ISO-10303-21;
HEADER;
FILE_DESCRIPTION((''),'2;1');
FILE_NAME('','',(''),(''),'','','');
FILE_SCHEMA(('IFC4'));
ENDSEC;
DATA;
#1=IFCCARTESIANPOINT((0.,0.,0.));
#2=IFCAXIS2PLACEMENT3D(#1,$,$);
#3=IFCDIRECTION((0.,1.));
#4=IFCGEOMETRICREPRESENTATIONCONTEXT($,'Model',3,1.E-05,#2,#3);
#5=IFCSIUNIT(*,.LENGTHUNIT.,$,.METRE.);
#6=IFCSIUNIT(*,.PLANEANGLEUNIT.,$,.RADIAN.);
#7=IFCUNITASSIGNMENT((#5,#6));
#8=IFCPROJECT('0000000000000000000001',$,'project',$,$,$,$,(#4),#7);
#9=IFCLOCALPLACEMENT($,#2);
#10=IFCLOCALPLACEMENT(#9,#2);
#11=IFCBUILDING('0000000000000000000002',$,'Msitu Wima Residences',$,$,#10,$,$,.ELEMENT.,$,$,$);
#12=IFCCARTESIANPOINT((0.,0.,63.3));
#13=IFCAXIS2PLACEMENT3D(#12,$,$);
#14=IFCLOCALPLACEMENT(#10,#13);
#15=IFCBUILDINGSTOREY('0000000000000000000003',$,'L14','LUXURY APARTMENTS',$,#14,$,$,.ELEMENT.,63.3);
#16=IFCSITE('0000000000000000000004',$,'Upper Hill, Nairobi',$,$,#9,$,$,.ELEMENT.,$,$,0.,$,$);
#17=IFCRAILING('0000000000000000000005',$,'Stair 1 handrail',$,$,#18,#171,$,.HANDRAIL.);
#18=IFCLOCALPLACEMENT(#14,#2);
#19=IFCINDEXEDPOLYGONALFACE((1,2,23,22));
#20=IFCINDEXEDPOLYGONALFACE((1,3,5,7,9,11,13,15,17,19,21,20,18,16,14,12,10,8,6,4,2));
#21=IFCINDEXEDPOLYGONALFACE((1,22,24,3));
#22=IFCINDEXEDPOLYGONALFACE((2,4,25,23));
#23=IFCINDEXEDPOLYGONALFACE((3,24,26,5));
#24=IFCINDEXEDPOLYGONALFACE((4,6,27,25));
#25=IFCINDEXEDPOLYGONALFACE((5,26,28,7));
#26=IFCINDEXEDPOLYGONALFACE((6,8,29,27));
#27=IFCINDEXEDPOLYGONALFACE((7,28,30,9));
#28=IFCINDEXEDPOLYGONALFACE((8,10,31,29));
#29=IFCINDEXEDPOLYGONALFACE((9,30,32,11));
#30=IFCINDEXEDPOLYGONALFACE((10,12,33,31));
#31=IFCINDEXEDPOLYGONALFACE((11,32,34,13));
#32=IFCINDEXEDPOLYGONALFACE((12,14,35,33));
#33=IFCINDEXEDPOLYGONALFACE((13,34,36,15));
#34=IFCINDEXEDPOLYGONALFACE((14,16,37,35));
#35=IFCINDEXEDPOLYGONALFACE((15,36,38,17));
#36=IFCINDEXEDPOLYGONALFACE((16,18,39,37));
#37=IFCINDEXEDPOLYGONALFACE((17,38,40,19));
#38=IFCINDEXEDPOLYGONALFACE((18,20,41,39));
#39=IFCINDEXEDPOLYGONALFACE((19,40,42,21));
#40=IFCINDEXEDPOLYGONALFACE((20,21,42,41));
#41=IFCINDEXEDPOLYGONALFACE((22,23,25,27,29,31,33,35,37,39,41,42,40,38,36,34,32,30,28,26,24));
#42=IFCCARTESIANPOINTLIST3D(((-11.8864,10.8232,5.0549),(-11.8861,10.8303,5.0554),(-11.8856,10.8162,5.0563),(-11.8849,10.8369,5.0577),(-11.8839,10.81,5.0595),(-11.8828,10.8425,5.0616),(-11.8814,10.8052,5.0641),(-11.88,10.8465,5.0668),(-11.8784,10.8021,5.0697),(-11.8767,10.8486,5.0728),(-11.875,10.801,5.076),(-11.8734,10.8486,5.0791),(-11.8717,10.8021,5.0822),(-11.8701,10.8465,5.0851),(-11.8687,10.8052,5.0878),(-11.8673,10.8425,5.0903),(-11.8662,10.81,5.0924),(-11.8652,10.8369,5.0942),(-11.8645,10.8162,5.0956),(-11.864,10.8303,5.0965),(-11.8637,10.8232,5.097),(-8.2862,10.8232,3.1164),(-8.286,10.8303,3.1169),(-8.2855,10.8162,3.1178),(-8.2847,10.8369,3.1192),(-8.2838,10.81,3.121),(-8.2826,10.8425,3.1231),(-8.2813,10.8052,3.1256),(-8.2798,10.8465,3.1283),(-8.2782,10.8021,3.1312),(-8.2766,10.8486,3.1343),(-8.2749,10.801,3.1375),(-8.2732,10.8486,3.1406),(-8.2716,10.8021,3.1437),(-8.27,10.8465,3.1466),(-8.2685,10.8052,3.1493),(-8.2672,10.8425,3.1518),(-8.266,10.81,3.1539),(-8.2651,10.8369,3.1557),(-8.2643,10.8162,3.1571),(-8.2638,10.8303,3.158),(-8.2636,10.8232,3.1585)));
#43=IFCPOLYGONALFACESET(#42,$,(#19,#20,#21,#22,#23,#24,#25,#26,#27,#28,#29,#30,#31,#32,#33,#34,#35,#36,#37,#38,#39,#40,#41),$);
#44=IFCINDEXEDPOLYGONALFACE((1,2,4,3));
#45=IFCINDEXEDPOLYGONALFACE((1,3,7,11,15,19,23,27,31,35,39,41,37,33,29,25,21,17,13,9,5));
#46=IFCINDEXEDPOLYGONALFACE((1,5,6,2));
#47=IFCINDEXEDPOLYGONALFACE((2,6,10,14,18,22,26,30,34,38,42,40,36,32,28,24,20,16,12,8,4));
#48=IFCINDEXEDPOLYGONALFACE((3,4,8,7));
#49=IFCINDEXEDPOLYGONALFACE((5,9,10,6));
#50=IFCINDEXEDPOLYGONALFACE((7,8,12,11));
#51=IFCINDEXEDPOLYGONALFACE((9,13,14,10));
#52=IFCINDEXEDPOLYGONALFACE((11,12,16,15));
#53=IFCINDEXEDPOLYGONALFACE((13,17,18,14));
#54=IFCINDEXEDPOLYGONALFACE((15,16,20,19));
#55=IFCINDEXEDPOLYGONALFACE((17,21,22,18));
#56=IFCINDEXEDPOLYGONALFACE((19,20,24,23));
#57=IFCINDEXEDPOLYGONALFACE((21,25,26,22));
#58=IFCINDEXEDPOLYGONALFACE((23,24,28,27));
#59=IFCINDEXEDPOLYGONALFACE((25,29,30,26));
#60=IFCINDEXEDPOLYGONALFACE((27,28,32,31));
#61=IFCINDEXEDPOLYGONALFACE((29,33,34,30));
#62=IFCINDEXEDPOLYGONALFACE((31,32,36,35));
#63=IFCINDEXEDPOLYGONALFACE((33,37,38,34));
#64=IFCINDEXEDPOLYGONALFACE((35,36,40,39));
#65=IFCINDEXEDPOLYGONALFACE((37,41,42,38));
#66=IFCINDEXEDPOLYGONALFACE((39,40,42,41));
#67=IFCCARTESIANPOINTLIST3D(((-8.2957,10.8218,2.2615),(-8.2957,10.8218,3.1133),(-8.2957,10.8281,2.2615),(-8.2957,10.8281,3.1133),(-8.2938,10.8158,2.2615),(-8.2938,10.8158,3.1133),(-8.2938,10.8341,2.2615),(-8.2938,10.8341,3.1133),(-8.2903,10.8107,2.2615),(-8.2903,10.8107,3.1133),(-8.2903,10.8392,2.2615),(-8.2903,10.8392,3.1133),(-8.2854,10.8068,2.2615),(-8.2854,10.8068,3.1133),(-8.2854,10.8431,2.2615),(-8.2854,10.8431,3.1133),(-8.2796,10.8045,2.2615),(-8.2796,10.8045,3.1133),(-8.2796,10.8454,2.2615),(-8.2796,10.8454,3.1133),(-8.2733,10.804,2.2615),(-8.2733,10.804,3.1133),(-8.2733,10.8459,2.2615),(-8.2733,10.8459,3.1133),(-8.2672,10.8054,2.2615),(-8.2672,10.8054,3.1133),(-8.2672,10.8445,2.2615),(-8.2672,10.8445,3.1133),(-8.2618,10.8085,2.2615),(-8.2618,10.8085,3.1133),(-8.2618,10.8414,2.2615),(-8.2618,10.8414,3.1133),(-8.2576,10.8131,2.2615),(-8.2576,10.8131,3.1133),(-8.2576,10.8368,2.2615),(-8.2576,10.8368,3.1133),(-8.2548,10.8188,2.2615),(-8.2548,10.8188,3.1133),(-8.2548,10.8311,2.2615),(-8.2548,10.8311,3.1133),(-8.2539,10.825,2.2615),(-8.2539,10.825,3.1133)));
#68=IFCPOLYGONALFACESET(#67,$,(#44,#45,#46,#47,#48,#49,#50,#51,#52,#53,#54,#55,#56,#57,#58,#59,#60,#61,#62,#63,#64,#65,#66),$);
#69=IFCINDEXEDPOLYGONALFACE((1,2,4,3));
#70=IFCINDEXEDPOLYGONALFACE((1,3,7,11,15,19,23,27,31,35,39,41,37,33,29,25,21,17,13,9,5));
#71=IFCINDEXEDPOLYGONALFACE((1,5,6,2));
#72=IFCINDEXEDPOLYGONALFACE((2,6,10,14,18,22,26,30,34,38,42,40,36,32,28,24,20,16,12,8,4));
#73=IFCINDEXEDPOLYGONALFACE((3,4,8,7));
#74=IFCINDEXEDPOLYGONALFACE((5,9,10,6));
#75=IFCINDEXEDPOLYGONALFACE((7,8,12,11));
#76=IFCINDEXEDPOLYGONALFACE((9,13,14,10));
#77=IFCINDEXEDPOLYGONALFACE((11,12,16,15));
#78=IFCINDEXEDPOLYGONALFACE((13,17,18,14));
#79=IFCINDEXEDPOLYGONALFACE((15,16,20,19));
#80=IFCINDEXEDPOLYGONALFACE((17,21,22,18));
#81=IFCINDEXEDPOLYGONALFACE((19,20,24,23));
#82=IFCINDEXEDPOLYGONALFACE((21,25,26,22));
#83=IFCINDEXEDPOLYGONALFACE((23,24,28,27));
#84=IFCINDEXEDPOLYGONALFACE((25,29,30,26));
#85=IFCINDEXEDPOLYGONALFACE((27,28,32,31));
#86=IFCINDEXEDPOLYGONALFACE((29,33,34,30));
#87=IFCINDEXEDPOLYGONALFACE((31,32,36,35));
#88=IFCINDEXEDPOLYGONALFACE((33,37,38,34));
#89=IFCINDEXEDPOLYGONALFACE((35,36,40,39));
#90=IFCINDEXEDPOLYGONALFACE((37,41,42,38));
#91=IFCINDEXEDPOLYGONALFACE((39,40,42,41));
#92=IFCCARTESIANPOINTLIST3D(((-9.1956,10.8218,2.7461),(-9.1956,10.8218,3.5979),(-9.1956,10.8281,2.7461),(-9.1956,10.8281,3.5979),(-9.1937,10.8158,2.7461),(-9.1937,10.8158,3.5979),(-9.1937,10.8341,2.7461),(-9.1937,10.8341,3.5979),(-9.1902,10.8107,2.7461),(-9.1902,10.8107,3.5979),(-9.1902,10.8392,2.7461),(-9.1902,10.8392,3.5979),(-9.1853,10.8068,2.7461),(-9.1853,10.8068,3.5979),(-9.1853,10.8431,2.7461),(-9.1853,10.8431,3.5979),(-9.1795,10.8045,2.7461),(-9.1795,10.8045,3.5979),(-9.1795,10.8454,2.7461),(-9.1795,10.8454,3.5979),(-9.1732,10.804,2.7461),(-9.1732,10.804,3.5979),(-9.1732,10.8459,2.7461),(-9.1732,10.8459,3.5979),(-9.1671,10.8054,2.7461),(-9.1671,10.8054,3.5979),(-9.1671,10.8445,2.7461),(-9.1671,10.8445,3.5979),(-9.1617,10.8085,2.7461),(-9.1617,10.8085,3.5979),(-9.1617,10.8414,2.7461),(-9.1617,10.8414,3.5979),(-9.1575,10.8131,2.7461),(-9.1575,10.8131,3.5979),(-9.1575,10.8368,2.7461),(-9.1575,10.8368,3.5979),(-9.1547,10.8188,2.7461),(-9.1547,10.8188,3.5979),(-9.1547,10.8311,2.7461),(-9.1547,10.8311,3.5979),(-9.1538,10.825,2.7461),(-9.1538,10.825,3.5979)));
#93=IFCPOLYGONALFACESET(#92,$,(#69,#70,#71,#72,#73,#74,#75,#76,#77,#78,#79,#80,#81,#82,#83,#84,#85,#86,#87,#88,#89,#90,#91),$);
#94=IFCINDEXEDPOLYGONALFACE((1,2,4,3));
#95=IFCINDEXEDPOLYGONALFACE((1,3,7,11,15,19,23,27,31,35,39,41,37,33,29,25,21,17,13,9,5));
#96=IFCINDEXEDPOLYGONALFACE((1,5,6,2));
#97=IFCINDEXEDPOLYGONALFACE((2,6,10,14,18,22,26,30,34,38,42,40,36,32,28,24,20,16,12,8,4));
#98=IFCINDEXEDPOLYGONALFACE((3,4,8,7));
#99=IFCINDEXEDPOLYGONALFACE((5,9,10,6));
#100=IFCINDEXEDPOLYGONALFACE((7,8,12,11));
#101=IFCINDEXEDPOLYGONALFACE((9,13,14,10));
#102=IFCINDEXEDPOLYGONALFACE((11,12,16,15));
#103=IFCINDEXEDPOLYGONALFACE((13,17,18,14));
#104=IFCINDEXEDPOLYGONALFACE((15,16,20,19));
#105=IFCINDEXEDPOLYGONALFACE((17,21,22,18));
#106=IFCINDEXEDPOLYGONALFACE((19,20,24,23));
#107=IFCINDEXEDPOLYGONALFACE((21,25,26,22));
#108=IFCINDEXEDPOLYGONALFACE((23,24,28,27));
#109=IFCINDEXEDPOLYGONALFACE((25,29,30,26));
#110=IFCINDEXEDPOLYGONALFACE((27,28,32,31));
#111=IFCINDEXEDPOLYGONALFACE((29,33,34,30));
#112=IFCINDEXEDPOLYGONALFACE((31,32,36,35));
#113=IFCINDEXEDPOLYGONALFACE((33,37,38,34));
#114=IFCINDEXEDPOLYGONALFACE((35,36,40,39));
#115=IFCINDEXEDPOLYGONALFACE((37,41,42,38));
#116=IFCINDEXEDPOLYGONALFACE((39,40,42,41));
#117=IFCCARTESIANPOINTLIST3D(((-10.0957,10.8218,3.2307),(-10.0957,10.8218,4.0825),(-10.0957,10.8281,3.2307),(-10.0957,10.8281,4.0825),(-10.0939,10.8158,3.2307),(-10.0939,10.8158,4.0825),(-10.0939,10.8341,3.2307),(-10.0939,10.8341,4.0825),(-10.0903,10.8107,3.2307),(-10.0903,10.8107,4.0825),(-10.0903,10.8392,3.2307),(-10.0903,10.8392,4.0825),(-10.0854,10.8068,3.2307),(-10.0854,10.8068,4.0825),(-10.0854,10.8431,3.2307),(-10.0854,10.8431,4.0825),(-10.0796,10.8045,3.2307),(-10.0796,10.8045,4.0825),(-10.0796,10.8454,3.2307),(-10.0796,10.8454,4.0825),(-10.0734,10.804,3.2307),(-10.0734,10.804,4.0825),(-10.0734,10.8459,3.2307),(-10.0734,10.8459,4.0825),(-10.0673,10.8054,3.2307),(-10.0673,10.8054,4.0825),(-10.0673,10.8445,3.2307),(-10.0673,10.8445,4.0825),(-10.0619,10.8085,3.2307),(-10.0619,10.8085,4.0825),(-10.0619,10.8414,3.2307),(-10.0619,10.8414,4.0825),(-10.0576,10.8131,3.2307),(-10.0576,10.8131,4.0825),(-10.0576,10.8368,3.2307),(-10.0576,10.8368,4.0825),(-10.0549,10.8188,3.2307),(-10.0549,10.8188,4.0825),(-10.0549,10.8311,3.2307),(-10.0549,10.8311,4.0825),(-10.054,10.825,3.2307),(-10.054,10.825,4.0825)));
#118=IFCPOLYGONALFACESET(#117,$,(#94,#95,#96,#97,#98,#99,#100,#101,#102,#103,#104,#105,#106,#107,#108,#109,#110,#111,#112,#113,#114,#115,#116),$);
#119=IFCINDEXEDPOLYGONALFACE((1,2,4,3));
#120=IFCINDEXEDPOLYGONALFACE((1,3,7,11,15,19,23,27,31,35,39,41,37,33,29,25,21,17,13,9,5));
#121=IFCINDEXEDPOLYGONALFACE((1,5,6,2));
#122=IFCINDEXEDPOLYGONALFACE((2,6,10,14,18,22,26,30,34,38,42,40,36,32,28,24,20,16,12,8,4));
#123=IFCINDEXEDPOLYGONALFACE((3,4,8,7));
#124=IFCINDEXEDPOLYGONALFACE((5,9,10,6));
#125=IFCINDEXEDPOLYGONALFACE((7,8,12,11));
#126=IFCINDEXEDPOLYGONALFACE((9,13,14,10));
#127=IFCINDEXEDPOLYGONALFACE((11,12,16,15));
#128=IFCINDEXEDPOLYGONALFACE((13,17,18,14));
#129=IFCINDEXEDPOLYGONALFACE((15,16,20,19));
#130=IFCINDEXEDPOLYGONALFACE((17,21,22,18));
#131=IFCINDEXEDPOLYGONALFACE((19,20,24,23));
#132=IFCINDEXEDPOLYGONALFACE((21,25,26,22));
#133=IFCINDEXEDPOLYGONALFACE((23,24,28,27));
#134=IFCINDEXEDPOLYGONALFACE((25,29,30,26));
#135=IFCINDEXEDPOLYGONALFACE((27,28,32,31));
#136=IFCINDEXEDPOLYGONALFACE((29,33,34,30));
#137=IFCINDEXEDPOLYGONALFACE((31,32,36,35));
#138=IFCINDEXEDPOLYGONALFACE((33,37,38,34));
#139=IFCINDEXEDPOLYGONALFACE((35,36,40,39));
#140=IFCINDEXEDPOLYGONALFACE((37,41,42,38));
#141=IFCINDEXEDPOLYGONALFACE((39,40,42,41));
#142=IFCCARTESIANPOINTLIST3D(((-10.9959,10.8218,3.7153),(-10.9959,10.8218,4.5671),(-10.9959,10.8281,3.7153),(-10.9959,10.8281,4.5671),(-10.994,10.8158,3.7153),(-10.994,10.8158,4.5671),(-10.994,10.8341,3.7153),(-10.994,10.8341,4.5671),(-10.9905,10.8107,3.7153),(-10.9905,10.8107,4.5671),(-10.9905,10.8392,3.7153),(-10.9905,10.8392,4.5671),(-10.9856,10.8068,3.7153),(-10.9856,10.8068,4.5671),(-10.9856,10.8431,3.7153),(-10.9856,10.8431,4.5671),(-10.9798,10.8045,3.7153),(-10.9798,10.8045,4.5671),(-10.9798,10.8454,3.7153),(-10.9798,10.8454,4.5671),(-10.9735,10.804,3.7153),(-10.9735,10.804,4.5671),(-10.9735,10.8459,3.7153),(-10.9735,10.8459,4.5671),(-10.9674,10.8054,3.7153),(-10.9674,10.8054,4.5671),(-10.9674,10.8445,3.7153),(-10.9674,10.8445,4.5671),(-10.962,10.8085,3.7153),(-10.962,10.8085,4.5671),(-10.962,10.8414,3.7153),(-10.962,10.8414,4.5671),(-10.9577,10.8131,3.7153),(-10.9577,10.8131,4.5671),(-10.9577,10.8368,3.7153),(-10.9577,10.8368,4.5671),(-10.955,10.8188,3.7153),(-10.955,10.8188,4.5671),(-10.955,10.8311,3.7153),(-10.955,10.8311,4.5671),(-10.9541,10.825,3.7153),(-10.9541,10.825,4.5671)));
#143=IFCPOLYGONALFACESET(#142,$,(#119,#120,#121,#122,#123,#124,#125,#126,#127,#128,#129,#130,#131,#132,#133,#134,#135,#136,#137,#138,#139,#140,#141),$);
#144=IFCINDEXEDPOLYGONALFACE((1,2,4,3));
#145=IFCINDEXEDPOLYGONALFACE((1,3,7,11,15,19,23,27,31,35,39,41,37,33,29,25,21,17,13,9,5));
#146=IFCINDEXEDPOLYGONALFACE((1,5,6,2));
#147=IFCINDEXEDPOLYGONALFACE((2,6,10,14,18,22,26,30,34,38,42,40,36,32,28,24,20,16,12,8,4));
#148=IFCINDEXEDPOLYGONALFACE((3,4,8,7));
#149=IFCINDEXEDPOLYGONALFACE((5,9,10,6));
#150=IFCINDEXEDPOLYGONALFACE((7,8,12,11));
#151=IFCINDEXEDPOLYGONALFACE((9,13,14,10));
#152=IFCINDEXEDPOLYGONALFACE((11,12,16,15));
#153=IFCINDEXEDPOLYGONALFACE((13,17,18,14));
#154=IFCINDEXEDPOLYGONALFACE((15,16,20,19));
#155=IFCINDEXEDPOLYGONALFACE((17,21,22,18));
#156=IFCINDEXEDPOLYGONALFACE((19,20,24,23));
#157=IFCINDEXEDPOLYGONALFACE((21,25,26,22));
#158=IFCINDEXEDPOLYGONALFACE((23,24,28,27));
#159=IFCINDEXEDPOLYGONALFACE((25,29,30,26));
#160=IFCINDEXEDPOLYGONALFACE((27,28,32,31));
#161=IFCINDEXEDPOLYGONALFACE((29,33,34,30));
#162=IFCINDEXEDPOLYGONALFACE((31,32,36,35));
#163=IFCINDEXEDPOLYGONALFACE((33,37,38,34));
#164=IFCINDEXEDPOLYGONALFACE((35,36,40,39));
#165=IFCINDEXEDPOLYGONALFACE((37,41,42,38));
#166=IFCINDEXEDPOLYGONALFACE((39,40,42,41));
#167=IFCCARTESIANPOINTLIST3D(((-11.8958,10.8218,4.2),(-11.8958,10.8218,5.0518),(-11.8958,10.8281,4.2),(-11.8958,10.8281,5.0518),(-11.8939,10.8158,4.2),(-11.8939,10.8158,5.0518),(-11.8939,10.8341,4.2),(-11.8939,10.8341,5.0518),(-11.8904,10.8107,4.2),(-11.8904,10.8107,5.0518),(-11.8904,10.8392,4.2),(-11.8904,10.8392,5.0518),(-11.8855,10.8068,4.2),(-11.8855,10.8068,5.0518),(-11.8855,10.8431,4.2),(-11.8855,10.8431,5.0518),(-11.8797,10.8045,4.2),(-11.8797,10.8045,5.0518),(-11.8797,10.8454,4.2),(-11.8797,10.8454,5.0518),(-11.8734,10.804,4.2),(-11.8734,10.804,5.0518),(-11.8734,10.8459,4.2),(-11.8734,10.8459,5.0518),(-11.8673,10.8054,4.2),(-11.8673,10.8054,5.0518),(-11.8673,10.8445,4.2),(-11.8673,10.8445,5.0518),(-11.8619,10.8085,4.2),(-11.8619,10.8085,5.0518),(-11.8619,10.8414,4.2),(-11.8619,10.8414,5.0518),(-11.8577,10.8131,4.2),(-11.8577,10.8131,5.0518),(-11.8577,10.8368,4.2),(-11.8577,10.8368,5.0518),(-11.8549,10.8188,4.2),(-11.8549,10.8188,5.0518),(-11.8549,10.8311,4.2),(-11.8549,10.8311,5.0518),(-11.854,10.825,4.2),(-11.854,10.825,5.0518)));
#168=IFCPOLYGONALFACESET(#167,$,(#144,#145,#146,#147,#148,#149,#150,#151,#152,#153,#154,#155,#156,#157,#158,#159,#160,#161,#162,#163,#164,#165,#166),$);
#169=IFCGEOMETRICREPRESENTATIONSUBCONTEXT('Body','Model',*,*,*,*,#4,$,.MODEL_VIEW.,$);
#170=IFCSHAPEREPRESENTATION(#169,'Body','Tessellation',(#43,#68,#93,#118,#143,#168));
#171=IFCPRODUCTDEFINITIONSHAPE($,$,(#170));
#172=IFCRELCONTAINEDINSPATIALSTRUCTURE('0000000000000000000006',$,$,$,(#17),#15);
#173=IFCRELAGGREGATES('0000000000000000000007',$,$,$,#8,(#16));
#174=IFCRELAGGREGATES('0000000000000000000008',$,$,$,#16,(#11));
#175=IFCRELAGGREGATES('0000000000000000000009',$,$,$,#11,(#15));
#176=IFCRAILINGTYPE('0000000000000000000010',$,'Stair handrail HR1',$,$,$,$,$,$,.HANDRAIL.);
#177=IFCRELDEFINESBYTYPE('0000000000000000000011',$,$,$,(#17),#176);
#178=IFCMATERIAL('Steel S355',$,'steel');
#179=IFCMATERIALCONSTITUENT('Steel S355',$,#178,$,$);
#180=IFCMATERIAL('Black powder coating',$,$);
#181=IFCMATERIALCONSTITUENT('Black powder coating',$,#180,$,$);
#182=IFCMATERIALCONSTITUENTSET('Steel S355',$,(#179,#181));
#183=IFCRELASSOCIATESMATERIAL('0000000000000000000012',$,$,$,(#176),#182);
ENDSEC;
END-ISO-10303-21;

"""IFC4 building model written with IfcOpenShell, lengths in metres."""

from ifc_helpers import new_model, si_unit, direction, frame, origin, origin_2d, place, context, subcontext, project, spatial, circle, extrude, material, constituent, constituent_set, type_object, element, save


model = new_model("IFC4")

# Units and contexts
model_context = context("Model", 3, precision=1e-05, world=origin(), true_north=direction((0.0, 1.0)))
body_context = subcontext(model_context, "Body", "Model", "MODEL_VIEW")
ifc_project = project(units=[si_unit("LENGTHUNIT", "METRE"), si_unit("PLANEANGLEUNIT", "RADIAN")], contexts=[model_context])

# Site, building, storey
site_placement = place(None, origin())
site = spatial("IfcSite", under=ifc_project, at=site_placement, Name="Upper Hill, Nairobi", CompositionType="ELEMENT", RefElevation=0.0)
building_placement = place(site_placement, origin())
building = spatial("IfcBuilding", under=site, at=building_placement, Name="Msitu Wima Residences", CompositionType="ELEMENT")
storey_placement = place(building_placement, frame((0.0, 0.0, 63.3)))
storey = spatial("IfcBuildingStorey", under=building, at=storey_placement, Name="L14", Description="LUXURY APARTMENTS", CompositionType="ELEMENT", Elevation=63.3)

# Railing
ifc_material_1 = material(Name="Steel S355", Category="steel")
ifc_constituent_1 = constituent(ifc_material_1, Name="Steel S355")
ifc_material_2 = material(Name="Black powder coating")
ifc_constituent_2 = constituent(ifc_material_2, Name="Black powder coating")
ifc_constituent_set = constituent_set(constituents=[ifc_constituent_1, ifc_constituent_2], Name="Steel S355")
railing_type = type_object("IfcRailingType", Name="Stair handrail HR1", PredefinedType="HANDRAIL", material=ifc_constituent_set)
for number, where, name in (
    (1, (-8.2749, 10.825, 2.2615), "Stair 1 handrail"),
):
    element("IfcRailing", number, at=place(storey_placement, frame(where)), inside=storey, type_object=railing_type, Name=name, PredefinedType="HANDRAIL", context=body_context, shape_type="SweptSolid", body=[
        extrude(circle(Radius=0.0239, at=origin_2d()), frame((0.0, 0.0, 0.876), z_axis=(-0.880475, 0.0, 0.474093), x_axis=(0.0, -1.0, 0.0)), (0.0, 0.0, 1.0), 4.0889),
        extrude(circle(Radius=0.021, at=origin_2d()), origin(), (0.0, 0.0, 1.0), 0.8518),
        extrude(circle(Radius=0.021, at=origin_2d()), frame((-0.8999, 0.0, 0.4846)), (0.0, 0.0, 1.0), 0.8518),
        extrude(circle(Radius=0.021, at=origin_2d()), frame((-1.8, 0.0, 0.9692)), (0.0, 0.0, 1.0), 0.8518),
        extrude(circle(Radius=0.021, at=origin_2d()), frame((-2.7002, 0.0, 1.4539)), (0.0, 0.0, 1.0), 0.8518),
        extrude(circle(Radius=0.021, at=origin_2d()), frame((-3.6001, 0.0, 1.9385)), (0.0, 0.0, 1.0), 0.8518),
    ])

save(model, "model.ifc")
